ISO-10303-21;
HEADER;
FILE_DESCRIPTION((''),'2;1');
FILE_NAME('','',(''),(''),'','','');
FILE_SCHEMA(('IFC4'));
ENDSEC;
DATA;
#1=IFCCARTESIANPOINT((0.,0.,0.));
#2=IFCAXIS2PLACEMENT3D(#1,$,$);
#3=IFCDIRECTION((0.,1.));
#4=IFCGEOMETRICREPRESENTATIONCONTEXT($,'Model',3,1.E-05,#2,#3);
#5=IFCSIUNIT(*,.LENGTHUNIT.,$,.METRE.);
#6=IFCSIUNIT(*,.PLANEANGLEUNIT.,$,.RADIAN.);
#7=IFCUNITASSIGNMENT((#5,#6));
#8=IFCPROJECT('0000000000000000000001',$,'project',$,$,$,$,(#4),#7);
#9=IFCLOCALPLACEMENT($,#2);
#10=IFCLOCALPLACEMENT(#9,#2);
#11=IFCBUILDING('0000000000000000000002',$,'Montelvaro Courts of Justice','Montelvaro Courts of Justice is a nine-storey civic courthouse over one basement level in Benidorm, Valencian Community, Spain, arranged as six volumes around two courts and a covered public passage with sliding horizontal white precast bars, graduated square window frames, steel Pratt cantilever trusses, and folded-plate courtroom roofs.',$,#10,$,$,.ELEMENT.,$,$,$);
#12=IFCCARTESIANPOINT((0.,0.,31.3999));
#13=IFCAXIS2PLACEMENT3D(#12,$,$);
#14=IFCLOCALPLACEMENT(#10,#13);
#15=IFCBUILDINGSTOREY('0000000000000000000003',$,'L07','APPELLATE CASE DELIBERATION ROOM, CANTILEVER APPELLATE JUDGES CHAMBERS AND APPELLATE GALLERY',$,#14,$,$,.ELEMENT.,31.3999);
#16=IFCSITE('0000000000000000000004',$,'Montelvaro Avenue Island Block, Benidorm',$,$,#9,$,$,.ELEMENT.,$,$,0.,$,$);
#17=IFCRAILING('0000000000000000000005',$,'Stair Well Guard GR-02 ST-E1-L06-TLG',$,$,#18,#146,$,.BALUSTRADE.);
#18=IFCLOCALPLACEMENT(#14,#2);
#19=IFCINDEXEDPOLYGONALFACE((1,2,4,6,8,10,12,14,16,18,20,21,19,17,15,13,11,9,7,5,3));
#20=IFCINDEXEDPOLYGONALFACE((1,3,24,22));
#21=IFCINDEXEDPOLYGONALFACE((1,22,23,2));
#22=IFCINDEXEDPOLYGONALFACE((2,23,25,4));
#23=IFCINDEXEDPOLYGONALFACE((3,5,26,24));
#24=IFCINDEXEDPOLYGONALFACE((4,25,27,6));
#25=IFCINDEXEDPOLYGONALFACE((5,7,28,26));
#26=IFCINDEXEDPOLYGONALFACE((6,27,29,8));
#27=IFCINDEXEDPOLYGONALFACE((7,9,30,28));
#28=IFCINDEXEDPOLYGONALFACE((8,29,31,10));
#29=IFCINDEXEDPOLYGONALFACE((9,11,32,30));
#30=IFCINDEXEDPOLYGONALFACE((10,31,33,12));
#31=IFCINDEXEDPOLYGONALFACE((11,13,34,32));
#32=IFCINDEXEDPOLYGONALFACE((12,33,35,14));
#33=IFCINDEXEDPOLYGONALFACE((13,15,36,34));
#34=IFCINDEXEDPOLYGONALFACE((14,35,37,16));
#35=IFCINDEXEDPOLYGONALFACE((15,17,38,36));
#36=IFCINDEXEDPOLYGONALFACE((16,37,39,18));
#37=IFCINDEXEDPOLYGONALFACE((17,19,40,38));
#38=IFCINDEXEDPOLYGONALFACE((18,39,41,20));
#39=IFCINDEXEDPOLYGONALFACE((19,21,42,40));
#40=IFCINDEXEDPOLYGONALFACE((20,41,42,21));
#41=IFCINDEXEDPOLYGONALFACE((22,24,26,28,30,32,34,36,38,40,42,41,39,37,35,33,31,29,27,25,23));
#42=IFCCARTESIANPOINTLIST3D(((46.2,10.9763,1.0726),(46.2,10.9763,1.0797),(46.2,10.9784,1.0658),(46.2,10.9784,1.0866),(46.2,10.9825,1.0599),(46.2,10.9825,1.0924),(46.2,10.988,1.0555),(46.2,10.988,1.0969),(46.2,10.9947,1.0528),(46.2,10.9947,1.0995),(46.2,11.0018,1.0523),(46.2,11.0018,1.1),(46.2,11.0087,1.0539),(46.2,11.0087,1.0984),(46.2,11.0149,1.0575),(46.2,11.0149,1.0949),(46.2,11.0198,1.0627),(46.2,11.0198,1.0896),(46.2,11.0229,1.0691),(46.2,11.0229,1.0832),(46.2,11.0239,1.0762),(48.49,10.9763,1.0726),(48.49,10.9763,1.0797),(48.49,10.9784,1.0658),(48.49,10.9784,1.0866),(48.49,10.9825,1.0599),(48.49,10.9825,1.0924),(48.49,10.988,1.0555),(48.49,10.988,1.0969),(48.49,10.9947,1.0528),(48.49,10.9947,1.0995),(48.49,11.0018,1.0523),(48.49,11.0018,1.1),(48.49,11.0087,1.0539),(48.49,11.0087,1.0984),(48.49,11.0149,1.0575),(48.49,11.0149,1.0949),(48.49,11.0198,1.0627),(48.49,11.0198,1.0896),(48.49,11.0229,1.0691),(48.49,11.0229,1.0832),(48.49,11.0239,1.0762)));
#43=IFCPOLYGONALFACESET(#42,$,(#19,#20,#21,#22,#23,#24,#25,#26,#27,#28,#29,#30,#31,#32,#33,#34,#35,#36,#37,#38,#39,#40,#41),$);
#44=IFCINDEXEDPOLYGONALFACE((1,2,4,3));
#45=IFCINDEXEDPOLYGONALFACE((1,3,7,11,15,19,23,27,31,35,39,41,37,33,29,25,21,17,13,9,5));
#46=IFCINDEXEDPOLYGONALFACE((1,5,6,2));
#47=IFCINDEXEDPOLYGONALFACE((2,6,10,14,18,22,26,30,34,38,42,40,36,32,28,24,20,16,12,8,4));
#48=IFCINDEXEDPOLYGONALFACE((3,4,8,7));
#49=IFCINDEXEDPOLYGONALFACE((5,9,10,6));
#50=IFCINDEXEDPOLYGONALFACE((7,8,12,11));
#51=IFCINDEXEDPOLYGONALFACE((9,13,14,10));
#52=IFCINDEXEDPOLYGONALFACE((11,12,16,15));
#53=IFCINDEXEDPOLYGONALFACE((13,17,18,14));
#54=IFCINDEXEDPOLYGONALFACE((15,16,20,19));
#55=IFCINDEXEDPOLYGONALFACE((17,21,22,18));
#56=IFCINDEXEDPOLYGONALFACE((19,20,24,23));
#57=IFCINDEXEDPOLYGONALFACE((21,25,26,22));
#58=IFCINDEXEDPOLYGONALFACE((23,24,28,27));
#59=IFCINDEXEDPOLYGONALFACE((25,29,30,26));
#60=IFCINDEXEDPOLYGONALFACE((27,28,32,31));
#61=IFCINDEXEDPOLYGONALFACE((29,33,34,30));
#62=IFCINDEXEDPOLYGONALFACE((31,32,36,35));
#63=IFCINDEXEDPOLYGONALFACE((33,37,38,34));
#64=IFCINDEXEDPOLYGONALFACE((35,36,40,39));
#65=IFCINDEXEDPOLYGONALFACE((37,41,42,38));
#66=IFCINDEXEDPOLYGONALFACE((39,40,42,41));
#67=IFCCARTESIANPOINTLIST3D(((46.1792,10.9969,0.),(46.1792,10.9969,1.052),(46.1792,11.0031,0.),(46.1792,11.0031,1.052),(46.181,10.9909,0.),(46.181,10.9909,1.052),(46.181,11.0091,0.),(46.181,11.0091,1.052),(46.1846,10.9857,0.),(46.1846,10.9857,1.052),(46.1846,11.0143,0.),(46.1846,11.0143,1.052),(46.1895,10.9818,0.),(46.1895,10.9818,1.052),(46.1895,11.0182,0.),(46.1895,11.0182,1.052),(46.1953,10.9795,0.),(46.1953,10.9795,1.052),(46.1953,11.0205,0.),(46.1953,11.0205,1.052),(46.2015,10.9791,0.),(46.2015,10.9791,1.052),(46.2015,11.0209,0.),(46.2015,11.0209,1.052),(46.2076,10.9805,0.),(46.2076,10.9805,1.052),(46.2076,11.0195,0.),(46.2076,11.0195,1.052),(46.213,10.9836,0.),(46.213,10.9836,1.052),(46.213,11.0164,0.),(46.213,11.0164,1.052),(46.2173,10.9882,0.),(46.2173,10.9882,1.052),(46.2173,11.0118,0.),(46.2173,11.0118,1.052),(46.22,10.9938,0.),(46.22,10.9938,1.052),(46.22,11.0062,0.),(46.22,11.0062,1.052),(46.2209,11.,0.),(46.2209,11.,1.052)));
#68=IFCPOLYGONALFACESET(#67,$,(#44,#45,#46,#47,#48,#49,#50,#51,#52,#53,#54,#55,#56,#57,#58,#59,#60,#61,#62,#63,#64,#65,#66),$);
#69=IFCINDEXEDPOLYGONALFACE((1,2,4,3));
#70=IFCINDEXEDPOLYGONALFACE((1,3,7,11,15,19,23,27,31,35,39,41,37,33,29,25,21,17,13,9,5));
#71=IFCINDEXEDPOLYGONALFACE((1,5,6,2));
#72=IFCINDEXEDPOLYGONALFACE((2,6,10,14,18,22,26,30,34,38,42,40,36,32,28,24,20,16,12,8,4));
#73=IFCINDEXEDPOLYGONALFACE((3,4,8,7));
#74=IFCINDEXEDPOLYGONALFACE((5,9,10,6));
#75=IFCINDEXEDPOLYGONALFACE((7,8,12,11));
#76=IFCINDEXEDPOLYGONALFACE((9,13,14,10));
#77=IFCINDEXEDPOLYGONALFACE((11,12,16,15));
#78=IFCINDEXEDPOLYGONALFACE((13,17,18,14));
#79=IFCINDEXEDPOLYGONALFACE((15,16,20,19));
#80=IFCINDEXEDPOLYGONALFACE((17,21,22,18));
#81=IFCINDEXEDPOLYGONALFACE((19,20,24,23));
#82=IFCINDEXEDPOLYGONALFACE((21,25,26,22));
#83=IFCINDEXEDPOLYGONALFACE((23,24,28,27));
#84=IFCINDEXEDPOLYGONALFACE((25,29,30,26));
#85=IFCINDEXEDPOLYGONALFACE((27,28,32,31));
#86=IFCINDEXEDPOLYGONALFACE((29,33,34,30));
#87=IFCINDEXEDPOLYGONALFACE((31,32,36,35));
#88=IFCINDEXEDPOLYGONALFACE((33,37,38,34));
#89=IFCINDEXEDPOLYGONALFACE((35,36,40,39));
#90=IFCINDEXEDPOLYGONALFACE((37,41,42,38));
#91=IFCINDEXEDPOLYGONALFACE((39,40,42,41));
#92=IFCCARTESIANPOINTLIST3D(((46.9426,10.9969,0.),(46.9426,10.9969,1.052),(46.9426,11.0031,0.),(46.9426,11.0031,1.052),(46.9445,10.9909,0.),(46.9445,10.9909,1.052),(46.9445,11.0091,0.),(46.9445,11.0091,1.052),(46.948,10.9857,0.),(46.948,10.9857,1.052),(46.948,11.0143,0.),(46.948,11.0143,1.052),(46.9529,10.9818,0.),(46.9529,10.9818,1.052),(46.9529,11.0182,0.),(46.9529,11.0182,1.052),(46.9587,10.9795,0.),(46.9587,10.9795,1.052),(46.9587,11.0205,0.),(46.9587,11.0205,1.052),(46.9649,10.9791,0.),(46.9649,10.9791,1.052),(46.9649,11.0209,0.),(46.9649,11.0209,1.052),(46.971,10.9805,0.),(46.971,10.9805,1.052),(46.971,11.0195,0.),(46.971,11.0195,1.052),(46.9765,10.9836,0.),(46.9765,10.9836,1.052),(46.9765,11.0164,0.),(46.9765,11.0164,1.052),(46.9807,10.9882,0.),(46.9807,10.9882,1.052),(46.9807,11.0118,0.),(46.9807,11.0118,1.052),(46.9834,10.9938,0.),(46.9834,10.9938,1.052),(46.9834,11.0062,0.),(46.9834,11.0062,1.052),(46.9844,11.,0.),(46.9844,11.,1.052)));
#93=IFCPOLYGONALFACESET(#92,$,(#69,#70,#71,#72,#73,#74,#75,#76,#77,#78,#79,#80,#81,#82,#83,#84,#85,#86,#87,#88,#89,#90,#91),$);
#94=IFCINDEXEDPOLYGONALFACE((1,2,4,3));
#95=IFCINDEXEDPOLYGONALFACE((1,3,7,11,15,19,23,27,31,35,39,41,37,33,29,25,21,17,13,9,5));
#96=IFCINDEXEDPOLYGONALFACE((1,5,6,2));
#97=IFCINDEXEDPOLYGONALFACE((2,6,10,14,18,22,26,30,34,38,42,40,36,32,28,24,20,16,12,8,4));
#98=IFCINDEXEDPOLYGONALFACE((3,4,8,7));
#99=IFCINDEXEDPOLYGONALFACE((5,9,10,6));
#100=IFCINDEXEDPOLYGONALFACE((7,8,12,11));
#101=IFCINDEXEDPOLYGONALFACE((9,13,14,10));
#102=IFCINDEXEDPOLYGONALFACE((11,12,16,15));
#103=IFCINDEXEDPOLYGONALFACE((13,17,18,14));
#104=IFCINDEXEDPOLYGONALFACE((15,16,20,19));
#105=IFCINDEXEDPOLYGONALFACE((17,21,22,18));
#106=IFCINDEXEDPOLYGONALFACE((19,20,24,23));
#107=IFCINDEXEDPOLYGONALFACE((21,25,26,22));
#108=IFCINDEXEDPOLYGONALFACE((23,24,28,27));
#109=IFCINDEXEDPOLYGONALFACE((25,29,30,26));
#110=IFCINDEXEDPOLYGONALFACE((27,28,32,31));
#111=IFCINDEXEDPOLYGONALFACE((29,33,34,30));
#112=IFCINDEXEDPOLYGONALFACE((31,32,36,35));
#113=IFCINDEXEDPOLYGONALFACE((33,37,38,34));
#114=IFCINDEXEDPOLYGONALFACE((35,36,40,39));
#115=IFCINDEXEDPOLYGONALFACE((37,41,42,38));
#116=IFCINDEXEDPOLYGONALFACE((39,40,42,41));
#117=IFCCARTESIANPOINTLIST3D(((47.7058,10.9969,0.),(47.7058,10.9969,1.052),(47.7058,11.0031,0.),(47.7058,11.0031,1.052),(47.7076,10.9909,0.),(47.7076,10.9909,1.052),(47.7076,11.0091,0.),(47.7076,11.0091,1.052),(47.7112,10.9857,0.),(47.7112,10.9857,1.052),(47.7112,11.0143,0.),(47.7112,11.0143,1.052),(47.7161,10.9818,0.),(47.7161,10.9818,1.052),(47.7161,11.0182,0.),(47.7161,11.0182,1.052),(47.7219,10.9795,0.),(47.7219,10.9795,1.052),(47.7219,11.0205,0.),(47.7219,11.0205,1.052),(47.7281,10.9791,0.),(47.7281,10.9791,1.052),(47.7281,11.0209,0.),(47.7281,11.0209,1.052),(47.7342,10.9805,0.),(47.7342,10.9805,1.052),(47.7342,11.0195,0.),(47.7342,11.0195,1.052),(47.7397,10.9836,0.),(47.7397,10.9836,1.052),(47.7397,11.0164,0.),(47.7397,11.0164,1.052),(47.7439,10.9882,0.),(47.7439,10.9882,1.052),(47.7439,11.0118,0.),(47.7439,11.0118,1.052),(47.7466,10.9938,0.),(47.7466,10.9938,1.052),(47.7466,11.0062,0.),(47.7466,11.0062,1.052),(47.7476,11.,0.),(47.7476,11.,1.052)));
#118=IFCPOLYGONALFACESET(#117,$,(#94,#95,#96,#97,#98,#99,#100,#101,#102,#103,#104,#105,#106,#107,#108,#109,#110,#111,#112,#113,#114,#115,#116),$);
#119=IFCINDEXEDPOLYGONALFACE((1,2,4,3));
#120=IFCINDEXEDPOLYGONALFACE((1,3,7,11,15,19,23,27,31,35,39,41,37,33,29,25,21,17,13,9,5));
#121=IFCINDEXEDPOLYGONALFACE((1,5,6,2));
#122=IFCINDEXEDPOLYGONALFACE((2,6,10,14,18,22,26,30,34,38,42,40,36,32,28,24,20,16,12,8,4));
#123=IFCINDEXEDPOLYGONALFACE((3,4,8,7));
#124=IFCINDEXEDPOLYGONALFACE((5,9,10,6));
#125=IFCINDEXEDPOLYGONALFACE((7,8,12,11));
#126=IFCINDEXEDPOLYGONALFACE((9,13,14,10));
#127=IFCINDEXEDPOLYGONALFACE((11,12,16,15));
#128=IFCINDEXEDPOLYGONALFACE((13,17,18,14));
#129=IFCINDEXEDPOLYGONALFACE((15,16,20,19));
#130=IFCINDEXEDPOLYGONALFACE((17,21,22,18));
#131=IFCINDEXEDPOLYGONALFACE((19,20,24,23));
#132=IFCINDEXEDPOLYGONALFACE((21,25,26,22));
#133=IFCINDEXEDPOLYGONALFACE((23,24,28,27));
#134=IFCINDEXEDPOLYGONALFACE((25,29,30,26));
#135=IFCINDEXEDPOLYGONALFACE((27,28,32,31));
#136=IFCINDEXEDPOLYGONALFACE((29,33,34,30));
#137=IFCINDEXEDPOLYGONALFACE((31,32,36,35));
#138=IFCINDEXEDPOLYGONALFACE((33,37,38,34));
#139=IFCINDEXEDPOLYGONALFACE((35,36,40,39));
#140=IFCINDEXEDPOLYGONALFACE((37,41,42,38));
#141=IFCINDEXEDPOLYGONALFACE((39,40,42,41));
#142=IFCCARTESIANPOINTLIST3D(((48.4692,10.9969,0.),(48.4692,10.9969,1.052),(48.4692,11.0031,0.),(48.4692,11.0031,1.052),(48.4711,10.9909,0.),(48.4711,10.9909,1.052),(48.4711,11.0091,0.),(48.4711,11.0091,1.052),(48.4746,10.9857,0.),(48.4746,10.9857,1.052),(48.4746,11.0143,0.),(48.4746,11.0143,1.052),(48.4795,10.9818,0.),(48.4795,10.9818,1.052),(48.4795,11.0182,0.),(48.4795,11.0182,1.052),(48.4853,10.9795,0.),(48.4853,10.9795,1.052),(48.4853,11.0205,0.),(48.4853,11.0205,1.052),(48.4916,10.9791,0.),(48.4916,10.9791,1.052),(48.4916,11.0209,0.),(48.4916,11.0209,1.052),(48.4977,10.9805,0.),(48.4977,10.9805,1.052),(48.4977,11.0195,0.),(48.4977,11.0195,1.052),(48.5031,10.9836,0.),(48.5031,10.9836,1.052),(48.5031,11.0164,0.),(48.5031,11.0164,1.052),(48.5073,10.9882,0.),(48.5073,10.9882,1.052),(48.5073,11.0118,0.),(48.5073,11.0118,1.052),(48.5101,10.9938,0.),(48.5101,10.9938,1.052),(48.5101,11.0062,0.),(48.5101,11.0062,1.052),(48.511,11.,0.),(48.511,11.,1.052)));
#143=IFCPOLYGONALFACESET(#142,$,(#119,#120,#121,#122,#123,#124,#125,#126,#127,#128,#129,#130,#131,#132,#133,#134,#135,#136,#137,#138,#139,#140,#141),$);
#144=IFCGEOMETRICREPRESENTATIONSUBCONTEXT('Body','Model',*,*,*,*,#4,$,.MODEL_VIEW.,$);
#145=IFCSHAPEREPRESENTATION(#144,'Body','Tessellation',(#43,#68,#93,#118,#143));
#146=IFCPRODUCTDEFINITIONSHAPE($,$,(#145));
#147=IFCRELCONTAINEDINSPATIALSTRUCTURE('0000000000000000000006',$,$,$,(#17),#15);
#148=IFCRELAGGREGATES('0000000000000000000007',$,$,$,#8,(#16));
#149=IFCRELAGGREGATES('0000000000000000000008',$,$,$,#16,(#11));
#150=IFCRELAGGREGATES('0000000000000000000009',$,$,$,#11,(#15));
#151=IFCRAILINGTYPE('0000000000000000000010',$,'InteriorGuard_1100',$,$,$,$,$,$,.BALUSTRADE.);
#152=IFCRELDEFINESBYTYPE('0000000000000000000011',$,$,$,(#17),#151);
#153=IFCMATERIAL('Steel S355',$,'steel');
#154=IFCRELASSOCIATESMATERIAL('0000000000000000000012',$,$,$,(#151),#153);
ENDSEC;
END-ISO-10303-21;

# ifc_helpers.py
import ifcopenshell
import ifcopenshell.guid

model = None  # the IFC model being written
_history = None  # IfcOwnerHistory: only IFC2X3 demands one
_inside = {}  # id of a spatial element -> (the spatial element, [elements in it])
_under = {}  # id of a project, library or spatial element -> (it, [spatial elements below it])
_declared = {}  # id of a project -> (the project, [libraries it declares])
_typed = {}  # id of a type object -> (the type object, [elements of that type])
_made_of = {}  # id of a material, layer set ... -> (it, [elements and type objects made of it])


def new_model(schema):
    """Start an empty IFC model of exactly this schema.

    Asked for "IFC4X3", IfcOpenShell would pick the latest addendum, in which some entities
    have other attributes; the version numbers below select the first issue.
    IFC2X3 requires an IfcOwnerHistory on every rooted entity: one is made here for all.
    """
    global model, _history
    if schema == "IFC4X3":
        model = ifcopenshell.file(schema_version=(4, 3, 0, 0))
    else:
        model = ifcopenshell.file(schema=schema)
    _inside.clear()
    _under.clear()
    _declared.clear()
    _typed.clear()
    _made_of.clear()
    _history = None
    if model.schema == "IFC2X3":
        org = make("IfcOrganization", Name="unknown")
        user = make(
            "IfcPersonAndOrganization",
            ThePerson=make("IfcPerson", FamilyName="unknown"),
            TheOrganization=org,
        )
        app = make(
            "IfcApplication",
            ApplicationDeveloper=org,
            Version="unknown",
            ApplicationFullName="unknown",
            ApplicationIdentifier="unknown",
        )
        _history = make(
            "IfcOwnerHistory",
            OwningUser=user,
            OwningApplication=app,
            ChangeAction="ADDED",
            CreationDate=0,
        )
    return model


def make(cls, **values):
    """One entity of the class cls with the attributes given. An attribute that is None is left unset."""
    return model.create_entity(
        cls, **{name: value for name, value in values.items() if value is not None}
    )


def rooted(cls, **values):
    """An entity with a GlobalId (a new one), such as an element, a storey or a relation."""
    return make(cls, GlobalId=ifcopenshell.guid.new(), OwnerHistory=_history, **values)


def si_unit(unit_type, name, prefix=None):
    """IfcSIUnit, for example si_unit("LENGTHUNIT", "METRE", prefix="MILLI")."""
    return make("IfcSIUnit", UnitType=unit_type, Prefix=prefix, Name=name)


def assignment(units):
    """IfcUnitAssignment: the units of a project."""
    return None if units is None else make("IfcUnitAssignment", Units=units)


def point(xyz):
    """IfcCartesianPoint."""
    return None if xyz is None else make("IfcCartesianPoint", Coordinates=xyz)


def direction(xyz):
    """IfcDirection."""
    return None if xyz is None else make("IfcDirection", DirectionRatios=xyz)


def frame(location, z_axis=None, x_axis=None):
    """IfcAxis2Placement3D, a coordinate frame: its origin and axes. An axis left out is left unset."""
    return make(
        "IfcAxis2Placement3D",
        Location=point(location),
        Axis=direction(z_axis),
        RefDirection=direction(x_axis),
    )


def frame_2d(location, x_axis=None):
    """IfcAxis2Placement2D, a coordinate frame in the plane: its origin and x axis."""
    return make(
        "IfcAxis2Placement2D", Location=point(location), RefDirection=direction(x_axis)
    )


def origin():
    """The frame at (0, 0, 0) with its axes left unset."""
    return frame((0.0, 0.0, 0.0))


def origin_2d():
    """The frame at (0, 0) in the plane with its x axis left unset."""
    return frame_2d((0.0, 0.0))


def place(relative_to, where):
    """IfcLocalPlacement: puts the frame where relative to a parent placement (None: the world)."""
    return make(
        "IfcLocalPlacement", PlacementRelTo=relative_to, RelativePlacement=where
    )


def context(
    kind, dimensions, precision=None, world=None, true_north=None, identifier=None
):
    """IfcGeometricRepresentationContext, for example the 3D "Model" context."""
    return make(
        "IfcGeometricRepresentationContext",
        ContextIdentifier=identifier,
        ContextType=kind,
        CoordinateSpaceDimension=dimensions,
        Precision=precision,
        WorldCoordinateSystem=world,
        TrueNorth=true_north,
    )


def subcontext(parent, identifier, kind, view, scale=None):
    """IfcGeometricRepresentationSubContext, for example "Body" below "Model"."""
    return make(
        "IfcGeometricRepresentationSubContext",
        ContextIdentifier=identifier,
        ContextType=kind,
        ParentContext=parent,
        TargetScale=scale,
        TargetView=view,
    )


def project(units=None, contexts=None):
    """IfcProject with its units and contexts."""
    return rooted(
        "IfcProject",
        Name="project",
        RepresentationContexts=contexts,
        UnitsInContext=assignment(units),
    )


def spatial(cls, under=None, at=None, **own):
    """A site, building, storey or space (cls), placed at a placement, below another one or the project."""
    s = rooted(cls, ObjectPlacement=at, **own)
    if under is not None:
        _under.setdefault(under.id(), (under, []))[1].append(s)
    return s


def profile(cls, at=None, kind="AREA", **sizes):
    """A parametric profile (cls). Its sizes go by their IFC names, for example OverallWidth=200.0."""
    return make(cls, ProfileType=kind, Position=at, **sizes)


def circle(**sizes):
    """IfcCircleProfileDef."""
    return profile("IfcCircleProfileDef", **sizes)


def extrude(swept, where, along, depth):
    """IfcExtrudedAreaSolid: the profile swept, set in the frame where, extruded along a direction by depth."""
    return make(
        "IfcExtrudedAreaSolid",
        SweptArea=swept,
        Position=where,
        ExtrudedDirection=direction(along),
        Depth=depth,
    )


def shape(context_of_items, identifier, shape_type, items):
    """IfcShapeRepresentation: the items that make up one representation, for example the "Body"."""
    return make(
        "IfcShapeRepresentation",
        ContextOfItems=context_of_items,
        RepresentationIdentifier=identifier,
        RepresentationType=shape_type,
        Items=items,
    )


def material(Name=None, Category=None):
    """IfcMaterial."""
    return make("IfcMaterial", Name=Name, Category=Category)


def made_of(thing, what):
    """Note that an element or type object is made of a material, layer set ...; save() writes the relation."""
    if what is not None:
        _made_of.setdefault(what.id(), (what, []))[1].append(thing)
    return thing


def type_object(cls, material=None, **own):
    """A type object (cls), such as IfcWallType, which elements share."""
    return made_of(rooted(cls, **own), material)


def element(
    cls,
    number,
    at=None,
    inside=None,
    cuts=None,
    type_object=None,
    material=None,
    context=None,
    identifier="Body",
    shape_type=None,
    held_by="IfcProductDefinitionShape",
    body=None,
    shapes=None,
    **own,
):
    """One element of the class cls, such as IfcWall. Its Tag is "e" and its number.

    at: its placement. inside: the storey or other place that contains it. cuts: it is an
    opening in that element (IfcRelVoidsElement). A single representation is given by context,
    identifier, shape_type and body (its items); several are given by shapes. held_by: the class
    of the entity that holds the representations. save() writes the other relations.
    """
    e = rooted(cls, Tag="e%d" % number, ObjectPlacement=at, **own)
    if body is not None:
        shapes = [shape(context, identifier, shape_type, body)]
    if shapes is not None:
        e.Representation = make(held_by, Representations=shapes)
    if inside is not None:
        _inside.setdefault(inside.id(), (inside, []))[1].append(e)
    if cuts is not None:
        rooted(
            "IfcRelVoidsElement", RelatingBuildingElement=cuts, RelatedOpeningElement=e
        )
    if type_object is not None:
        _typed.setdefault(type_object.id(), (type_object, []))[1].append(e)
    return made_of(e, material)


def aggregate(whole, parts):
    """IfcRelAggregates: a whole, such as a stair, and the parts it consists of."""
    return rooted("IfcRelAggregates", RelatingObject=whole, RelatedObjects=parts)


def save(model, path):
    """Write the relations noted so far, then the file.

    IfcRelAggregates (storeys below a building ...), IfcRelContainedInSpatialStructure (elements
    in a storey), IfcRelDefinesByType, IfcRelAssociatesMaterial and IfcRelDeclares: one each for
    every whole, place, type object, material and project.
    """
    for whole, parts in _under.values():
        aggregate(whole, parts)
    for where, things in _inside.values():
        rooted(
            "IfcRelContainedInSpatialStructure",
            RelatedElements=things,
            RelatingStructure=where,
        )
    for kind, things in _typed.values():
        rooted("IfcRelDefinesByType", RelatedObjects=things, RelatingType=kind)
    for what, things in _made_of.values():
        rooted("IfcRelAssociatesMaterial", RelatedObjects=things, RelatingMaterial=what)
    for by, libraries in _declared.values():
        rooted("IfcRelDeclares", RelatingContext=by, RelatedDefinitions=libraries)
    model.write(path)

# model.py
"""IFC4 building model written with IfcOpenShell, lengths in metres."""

from ifc_helpers import new_model, si_unit, direction, frame, origin, origin_2d, place, context, subcontext, project, spatial, circle, extrude, material, type_object, element, save


model = new_model("IFC4")

# Units and contexts
model_context = context("Model", 3, precision=1e-05, world=origin(), true_north=direction((0.0, 1.0)))
body_context = subcontext(model_context, "Body", "Model", "MODEL_VIEW")
ifc_project = project(units=[si_unit("LENGTHUNIT", "METRE"), si_unit("PLANEANGLEUNIT", "RADIAN")], contexts=[model_context])

# Site, building, storey
site_placement = place(None, origin())
site = spatial("IfcSite", under=ifc_project, at=site_placement, Name="Montelvaro Avenue Island Block, Benidorm", CompositionType="ELEMENT", RefElevation=0.0)
building_placement = place(site_placement, origin())
building = spatial("IfcBuilding", under=site, at=building_placement, Name="Montelvaro Courts of Justice", Description="Montelvaro Courts of Justice is a nine-storey civic courthouse over one basement level in Benidorm, Valencian Community, Spain, arranged as six volumes around two courts and a covered public passage with sliding horizontal white precast bars, graduated square window frames, steel Pratt cantilever trusses, and folded-plate courtroom roofs.", CompositionType="ELEMENT")
storey_placement = place(building_placement, frame((0.0, 0.0, 31.3999)))
storey = spatial("IfcBuildingStorey", under=building, at=storey_placement, Name="L07", Description="APPELLATE CASE DELIBERATION ROOM, CANTILEVER APPELLATE JUDGES CHAMBERS AND APPELLATE GALLERY", CompositionType="ELEMENT", Elevation=31.3999)

# Shared definitions
ifc_material_1 = material(Name="Steel S355", Category="steel")

# Railing
railing_type_1 = type_object("IfcRailingType", Name="InteriorGuard_1100", PredefinedType="BALUSTRADE", material=ifc_material_1)
railing_1_placement = place(storey_placement, frame((46.2, 11.0, 0.0)))
element("IfcRailing", 1, at=railing_1_placement, inside=storey, type_object=railing_type_1, Name="Stair Well Guard GR-02 ST-E1-L06-TLG", PredefinedType="BALUSTRADE", context=body_context, shape_type="SweptSolid", body=[
    extrude(circle(Radius=0.0239, at=origin_2d()), frame((0.0, 0.0, 1.0762), z_axis=(1.0, 0.0, 0.0), x_axis=(0.0, 1.0, 0.0)), (0.0, 0.0, 1.0), 2.29),
    extrude(circle(Radius=0.021, at=origin_2d()), origin(), (0.0, 0.0, 1.0), 1.052),
    extrude(circle(Radius=0.021, at=origin_2d()), frame((0.7634, 0.0, 0.0)), (0.0, 0.0, 1.0), 1.052),
    extrude(circle(Radius=0.021, at=origin_2d()), frame((1.5266, 0.0, 0.0)), (0.0, 0.0, 1.0), 1.052),
    extrude(circle(Radius=0.021, at=origin_2d()), frame((2.29, 0.0, 0.0)), (0.0, 0.0, 1.0), 1.052),
])

save(model, "model.ifc")
